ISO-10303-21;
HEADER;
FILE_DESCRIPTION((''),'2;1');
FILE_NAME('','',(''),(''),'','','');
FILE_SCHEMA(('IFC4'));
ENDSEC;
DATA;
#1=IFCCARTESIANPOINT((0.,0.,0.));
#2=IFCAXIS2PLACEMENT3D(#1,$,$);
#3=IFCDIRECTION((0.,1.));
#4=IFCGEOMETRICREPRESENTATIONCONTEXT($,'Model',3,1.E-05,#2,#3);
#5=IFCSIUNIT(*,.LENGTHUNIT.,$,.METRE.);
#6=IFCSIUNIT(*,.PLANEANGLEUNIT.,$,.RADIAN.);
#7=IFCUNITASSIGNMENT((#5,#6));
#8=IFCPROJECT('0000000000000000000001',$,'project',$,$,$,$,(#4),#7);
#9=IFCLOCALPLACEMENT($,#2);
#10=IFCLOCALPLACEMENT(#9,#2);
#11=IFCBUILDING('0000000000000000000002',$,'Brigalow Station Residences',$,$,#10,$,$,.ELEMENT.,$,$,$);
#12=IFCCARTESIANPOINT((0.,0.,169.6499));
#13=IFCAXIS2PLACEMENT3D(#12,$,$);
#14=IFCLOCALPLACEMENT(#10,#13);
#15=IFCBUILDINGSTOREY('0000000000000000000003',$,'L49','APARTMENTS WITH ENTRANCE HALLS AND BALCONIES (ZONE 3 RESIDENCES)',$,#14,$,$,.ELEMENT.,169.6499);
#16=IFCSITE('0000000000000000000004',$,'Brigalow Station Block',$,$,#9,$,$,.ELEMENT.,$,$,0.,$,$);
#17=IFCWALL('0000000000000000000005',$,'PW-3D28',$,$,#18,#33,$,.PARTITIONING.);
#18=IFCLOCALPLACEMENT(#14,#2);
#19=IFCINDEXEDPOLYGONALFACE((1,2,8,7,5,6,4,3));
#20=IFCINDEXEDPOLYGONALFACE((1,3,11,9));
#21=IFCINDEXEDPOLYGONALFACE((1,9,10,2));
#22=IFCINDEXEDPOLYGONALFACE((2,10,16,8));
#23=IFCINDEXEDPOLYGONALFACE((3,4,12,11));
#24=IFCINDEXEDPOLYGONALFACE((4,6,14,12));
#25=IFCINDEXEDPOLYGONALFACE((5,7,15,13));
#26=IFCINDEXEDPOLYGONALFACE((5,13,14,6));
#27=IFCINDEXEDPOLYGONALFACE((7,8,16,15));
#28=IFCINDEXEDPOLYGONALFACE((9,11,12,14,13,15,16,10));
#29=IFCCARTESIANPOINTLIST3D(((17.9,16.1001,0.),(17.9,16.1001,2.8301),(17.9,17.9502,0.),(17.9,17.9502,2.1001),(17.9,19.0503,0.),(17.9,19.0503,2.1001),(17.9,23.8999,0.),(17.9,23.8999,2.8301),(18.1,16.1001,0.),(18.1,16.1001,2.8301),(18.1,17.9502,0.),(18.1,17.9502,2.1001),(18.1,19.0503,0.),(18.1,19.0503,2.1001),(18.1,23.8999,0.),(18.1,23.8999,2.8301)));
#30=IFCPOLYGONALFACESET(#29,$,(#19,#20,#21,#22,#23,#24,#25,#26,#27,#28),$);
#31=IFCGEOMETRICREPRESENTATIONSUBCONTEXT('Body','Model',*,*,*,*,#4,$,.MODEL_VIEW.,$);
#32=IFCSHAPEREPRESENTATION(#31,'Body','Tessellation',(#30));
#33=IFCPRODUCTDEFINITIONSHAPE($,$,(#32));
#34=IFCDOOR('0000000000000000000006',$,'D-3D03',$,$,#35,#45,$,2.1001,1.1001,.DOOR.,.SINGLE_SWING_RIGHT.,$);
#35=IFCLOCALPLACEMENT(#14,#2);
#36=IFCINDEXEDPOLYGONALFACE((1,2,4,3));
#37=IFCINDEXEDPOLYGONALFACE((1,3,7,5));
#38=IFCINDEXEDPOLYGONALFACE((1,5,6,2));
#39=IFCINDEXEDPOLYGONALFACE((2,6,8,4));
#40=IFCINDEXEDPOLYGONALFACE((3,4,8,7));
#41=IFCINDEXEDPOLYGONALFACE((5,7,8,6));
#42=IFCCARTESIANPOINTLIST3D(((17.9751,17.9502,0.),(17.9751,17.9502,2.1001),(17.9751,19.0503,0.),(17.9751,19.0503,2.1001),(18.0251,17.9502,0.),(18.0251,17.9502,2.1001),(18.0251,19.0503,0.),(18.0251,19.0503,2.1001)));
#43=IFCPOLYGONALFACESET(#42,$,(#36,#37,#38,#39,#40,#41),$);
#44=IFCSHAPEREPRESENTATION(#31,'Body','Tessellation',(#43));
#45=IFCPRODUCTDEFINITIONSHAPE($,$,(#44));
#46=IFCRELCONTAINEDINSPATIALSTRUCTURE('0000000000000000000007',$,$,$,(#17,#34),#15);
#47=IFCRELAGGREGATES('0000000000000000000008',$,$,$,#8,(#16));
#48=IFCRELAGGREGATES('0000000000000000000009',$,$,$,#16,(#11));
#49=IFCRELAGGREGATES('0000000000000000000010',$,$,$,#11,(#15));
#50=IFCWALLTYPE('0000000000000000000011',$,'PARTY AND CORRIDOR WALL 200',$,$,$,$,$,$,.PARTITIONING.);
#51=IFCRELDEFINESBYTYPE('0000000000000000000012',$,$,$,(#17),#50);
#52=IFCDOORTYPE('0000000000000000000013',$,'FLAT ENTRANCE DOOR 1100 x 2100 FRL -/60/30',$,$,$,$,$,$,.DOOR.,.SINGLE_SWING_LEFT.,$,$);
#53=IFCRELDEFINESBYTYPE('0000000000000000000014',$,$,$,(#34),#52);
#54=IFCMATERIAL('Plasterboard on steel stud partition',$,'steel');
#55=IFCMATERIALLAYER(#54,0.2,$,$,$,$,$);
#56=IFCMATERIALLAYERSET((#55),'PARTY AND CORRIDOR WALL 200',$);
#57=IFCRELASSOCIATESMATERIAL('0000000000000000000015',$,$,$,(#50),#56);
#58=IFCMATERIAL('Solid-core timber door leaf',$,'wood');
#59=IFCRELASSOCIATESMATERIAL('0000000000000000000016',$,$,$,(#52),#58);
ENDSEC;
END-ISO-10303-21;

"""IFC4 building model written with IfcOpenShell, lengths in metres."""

from ifc_helpers import new_model, si_unit, direction, frame, frame_2d, origin, place, context, subcontext, project, spatial, rectangle, extrude, material, layer, layer_set, type_object, element, fill, save


model = new_model("IFC4")

# Units and contexts
model_context = context("Model", 3, precision=1e-05, world=origin(), true_north=direction((0.0, 1.0)))
body_context = subcontext(model_context, "Body", "Model", "MODEL_VIEW")
ifc_project = project(units=[si_unit("LENGTHUNIT", "METRE"), si_unit("PLANEANGLEUNIT", "RADIAN")], contexts=[model_context])

# Site, building, storey
site_placement = place(None, origin())
site = spatial("IfcSite", under=ifc_project, at=site_placement, Name="Brigalow Station Block", CompositionType="ELEMENT", RefElevation=0.0)
building_placement = place(site_placement, origin())
building = spatial("IfcBuilding", under=site, at=building_placement, Name="Brigalow Station Residences", CompositionType="ELEMENT")
storey_placement = place(building_placement, frame((0.0, 0.0, 169.6499)))
storey = spatial("IfcBuildingStorey", under=building, at=storey_placement, Name="L49", Description="APARTMENTS WITH ENTRANCE HALLS AND BALCONIES (ZONE 3 RESIDENCES)", CompositionType="ELEMENT", Elevation=169.6499)

# Shared definitions
ifc_material_1 = material(Name="Plasterboard on steel stud partition", Category="steel")
ifc_layer_1 = layer(ifc_material_1, 0.2)
ifc_layer_set_1 = layer_set([ifc_layer_1], Name="PARTY AND CORRIDOR WALL 200")
wall_type_1 = type_object("IfcWallType", Name="PARTY AND CORRIDOR WALL 200", PredefinedType="PARTITIONING", material=ifc_layer_set_1)

# Wall, opening, door
wall_1_placement = place(storey_placement, frame((18.0, 16.1001, 0.0), z_axis=(0.0, 0.0, 1.0), x_axis=(0.0, 1.0, 0.0)))
wall_1 = element("IfcWall", 1, at=wall_1_placement, inside=storey, type_object=wall_type_1, Name="PW-3D28", PredefinedType="PARTITIONING", context=body_context, shape_type="SweptSolid", body=[
    extrude(rectangle(XDim=7.7998, YDim=0.2, at=frame_2d((3.8999, 0.0))), origin(), (0.0, 0.0, 1.0), 2.8301),
])
opening_1_placement = place(wall_1_placement, frame((1.8501, 0.0, 0.0)))
opening_1 = element("IfcOpeningElement", 2, at=opening_1_placement, cuts=wall_1, PredefinedType="OPENING", context=body_context, shape_type="SweptSolid", body=[
    extrude(rectangle(XDim=1.1001, YDim=2.1001, at=frame_2d((0.55, 1.05))), frame((0.0, 0.1099, 0.0), z_axis=(0.0, -1.0, 0.0), x_axis=(1.0, 0.0, 0.0)), (0.0, 0.0, 1.0), 0.22),
])
ifc_material_2 = material(Name="Solid-core timber door leaf", Category="wood")
door_type_1 = type_object("IfcDoorType", Name="FLAT ENTRANCE DOOR 1100 x 2100 FRL -/60/30", OperationType="SINGLE_SWING_LEFT", PredefinedType="DOOR", material=ifc_material_2)
door_1_placement = place(opening_1_placement, origin())
door_1 = element("IfcDoor", 3, at=door_1_placement, inside=storey, type_object=door_type_1, Name="D-3D03", OperationType="SINGLE_SWING_RIGHT", OverallHeight=2.1001, OverallWidth=1.1001, PredefinedType="DOOR", context=body_context, shape_type="SweptSolid", body=[
    extrude(rectangle(XDim=1.1001, YDim=2.1001, at=frame_2d((0.55, 1.05))), frame((0.0, 0.0249, 0.0), z_axis=(0.0, -1.0, 0.0), x_axis=(1.0, 0.0, 0.0)), (0.0, 0.0, 1.0), 0.05),
])
fill(opening_1, door_1)

save(model, "model.ifc")
